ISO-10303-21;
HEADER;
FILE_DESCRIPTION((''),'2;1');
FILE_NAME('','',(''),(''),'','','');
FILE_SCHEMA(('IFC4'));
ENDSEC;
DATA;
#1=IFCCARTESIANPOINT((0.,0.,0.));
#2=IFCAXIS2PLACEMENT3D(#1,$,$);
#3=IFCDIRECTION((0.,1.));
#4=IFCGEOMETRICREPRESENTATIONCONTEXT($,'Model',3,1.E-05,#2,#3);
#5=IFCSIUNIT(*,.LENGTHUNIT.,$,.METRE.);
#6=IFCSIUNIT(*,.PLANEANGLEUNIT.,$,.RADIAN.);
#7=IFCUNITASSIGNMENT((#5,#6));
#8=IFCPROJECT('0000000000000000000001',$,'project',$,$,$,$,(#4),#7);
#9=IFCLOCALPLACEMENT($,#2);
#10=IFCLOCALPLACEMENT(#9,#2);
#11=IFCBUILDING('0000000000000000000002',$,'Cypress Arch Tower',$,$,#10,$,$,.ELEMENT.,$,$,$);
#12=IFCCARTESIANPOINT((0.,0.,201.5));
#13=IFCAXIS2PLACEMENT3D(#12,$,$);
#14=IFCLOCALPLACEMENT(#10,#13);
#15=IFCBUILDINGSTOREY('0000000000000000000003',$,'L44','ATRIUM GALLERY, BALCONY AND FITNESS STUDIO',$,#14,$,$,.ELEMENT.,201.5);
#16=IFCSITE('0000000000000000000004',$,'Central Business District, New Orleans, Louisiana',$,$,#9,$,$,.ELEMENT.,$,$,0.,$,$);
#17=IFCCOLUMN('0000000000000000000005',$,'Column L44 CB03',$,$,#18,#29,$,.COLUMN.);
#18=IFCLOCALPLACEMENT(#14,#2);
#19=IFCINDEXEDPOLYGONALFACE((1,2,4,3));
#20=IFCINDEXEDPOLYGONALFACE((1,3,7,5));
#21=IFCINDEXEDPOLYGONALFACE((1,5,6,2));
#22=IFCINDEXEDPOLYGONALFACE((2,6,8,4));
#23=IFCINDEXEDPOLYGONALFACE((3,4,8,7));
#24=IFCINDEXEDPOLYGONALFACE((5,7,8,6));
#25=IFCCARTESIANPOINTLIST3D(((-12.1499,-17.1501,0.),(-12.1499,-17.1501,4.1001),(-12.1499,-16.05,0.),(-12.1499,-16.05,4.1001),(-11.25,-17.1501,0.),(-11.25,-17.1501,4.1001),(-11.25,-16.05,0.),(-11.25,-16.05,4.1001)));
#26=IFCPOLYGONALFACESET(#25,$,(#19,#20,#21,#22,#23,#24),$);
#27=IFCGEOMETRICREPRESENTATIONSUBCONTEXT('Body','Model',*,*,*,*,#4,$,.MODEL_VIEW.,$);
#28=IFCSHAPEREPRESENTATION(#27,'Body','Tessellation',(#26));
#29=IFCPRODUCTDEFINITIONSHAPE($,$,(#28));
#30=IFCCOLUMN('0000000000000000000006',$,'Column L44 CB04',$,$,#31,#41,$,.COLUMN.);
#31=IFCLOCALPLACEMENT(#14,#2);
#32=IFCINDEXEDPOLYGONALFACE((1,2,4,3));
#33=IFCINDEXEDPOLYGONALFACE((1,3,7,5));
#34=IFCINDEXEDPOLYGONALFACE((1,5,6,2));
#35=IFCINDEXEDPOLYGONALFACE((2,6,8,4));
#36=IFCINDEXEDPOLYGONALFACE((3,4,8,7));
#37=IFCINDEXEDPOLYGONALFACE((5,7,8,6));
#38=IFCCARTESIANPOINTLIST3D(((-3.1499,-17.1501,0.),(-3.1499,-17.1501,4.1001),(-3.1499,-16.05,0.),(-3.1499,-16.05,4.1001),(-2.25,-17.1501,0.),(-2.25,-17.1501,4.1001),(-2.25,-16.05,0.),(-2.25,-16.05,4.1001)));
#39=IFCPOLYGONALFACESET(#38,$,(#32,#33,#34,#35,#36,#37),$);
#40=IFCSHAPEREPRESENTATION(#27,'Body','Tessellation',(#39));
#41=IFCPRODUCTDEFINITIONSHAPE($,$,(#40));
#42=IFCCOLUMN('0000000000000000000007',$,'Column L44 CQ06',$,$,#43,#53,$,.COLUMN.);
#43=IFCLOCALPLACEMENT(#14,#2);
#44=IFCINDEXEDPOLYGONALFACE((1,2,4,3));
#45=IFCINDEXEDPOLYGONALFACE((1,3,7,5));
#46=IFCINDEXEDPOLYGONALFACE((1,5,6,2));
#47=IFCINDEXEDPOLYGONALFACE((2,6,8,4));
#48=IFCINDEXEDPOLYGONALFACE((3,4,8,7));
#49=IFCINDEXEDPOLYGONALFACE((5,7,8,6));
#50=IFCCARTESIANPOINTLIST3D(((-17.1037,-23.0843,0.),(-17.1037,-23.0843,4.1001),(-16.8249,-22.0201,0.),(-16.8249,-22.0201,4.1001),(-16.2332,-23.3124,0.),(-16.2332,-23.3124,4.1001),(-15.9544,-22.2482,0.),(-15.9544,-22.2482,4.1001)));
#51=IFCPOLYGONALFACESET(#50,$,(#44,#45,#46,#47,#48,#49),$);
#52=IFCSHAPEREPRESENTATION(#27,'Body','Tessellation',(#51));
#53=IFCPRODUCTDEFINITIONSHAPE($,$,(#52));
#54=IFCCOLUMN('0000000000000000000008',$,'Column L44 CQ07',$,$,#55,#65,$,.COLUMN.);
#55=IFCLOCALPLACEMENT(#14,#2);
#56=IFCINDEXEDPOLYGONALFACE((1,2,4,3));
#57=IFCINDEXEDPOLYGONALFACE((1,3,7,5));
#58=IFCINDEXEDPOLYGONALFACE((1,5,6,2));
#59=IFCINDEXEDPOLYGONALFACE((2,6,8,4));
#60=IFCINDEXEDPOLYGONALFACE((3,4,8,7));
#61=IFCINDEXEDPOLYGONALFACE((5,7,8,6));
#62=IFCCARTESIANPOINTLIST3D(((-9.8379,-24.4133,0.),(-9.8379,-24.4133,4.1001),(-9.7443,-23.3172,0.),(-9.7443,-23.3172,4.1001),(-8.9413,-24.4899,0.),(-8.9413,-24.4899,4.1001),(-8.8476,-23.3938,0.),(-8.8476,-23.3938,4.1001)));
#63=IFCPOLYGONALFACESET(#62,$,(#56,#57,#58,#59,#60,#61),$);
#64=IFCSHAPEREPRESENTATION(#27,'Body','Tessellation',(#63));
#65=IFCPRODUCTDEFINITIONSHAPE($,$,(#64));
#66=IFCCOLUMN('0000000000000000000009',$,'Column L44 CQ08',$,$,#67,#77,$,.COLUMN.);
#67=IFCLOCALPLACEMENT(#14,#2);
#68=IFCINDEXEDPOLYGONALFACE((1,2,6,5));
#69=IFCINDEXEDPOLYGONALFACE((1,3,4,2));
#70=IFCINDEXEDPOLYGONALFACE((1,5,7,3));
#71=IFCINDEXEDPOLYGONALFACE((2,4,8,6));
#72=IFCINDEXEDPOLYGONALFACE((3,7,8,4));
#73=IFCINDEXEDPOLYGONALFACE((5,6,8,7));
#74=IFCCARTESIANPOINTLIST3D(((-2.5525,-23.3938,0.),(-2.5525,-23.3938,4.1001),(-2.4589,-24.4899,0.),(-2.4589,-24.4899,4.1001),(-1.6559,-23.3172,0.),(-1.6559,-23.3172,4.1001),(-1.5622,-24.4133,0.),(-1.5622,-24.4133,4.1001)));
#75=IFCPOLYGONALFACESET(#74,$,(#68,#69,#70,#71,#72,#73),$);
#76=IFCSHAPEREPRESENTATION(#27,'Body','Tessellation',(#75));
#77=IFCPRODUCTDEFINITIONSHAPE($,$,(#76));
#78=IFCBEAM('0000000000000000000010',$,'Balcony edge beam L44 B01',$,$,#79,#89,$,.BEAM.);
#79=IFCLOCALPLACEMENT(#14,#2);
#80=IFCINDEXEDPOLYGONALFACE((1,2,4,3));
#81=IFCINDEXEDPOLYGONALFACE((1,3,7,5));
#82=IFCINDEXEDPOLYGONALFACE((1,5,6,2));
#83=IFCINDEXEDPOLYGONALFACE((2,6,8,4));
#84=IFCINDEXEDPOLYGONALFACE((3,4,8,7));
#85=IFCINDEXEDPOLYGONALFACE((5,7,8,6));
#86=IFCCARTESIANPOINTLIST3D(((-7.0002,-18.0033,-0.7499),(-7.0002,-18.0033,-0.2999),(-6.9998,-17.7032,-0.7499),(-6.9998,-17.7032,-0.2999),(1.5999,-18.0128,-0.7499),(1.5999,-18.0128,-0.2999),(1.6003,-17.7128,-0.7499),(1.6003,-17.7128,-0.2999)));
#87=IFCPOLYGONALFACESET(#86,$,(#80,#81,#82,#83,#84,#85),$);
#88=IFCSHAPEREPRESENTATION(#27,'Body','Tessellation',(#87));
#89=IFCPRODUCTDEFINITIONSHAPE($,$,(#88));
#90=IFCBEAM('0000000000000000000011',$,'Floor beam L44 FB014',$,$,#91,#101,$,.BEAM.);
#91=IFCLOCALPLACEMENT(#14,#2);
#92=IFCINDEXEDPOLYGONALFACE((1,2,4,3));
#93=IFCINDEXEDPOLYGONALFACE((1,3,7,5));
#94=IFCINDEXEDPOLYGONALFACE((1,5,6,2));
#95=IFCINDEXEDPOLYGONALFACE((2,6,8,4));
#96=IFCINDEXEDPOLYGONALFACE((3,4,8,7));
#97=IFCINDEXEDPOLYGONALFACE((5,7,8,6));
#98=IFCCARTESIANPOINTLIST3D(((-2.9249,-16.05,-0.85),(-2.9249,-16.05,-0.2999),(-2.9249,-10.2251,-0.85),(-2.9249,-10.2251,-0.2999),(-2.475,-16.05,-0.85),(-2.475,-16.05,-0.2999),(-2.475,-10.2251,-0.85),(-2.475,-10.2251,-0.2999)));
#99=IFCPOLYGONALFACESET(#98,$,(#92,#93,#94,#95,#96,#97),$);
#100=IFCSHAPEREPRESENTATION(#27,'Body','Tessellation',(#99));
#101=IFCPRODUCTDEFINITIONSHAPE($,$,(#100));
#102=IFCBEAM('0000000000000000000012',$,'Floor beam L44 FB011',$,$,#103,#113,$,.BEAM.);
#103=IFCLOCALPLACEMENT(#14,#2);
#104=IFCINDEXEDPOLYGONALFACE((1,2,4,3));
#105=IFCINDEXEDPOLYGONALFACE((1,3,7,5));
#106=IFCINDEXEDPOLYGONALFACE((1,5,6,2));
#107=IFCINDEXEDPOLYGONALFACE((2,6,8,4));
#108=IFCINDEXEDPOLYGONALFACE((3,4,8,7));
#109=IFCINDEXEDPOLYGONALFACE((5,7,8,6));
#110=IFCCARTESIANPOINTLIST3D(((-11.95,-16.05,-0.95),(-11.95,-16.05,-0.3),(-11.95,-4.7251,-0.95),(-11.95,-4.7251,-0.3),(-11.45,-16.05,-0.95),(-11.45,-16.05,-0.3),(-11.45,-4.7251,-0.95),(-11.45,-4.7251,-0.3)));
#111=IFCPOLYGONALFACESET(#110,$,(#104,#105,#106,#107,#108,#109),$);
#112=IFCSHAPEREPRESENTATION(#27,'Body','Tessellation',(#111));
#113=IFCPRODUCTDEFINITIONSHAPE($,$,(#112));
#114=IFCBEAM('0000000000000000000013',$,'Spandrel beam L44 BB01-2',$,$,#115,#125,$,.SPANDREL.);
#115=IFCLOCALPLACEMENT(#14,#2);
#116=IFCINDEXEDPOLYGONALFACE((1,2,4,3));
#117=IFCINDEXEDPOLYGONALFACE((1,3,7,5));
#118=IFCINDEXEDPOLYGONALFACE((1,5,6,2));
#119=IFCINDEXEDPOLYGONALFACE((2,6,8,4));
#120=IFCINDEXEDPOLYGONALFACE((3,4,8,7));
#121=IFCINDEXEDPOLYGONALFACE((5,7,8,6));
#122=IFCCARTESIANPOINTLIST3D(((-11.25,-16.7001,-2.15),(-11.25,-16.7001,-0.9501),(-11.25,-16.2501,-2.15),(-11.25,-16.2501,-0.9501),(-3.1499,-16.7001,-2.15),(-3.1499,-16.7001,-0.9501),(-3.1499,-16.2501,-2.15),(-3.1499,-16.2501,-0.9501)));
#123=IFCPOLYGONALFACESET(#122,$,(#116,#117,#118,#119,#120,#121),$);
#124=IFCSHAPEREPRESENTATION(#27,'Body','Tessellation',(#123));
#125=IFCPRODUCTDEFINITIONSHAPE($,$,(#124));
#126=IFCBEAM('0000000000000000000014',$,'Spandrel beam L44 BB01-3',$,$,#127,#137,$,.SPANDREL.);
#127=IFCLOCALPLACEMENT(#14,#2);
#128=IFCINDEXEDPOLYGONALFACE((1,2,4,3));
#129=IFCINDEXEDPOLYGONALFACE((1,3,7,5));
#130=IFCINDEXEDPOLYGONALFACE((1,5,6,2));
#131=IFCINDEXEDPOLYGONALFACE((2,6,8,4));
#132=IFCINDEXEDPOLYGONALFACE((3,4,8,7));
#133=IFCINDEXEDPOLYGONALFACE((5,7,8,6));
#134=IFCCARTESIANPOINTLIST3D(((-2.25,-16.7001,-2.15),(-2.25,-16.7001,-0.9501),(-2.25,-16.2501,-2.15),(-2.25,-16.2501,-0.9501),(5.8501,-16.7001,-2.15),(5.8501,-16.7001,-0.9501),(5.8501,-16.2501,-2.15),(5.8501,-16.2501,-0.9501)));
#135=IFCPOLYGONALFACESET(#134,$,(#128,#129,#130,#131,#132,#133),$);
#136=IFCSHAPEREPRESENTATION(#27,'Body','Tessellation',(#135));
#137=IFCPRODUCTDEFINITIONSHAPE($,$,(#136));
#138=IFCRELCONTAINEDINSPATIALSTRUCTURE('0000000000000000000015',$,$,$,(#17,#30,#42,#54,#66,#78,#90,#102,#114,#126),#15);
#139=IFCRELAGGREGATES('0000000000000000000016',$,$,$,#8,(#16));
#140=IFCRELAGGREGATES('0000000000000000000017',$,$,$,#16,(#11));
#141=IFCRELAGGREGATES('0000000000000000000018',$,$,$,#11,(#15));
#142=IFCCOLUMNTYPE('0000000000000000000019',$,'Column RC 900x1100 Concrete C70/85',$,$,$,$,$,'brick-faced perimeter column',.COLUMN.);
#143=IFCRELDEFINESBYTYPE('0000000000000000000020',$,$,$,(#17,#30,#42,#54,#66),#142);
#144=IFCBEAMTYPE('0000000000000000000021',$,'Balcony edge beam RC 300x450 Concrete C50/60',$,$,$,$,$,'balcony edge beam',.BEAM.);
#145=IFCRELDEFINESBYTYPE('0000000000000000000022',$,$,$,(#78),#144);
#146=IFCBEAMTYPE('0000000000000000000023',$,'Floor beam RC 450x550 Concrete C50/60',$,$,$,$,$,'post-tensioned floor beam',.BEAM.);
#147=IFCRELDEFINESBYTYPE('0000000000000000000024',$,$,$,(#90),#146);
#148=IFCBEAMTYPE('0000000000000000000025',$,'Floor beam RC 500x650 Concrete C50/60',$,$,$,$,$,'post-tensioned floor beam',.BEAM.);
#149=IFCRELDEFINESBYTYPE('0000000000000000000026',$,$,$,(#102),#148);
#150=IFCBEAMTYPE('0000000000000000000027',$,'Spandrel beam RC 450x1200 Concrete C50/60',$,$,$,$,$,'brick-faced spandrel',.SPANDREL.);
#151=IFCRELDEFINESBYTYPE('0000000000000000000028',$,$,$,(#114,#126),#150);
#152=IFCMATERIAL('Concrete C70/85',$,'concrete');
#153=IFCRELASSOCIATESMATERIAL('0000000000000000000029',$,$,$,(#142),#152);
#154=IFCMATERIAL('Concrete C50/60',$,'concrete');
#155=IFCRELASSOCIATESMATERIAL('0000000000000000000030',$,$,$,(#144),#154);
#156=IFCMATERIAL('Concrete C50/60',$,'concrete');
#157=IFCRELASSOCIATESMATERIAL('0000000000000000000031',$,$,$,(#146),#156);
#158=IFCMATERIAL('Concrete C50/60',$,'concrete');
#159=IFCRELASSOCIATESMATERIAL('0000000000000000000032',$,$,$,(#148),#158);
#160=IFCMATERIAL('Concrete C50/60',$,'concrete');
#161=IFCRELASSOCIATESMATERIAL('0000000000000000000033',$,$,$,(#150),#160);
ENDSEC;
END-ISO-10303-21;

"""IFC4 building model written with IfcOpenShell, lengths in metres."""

from ifc_helpers import new_model, si_unit, direction, frame, origin, origin_2d, place, context, subcontext, project, spatial, rectangle, extrude, material, material_profile, profile_set, type_object, element, save


model = new_model("IFC4")

# Units and contexts
model_context = context("Model", 3, precision=1e-05, world=origin(), true_north=direction((0.0, 1.0)))
body_context = subcontext(model_context, "Body", "Model", "MODEL_VIEW")
ifc_project = project(units=[si_unit("LENGTHUNIT", "METRE"), si_unit("PLANEANGLEUNIT", "RADIAN")], contexts=[model_context])

# Site, building, storey
site_placement = place(None, origin())
site = spatial("IfcSite", under=ifc_project, at=site_placement, Name="Central Business District, New Orleans, Louisiana", CompositionType="ELEMENT", RefElevation=0.0)
building_placement = place(site_placement, origin())
building = spatial("IfcBuilding", under=site, at=building_placement, Name="Cypress Arch Tower", CompositionType="ELEMENT")
storey_placement = place(building_placement, frame((0.0, 0.0, 201.5)))
storey = spatial("IfcBuildingStorey", under=building, at=storey_placement, Name="L44", Description="ATRIUM GALLERY, BALCONY AND FITNESS STUDIO", CompositionType="ELEMENT", Elevation=201.5)

# Columns
ifc_material_1 = material(Name="Concrete C70/85", Category="concrete")
ifc_material_profile_1 = material_profile(ifc_material_1, rectangle(XDim=0.8999, YDim=1.1001, at=origin_2d()), Name="RC 900x1100")
ifc_profile_set_1 = profile_set([ifc_material_profile_1], Name="Concrete C70/85")
column_type = type_object("IfcColumnType", Name="Column RC 900x1100 Concrete C70/85", ElementType="brick-faced perimeter column", PredefinedType="COLUMN", material=ifc_profile_set_1)
for number, where, z_axis, x_axis, name in (
    (1, (-11.7, -16.6001, 0.0), (0.0, 0.0, 1.0), (1.0, 0.0, 0.0), "Column L44 CB03"),
    (2, (-2.7, -16.6001, 0.0), (0.0, 0.0, 1.0), (1.0, 0.0, 0.0), "Column L44 CB04"),
    (3, (-16.5291, -22.6663, 0.0), (0.0, 0.0, 1.0), (0.967356, -0.253422, 0.0), "Column L44 CQ06"),
    (4, (-9.3428, -23.9036, 0.0), (0.0, 0.0, 1.0), (0.996368, -0.085149, 0.0), "Column L44 CQ07"),
    (5, (-2.0574, -23.9036, 0.0), (0.0, 0.0, 1.0), (0.996368, 0.085149, 0.0), "Column L44 CQ08"),
):
    element("IfcColumn", number, at=place(storey_placement, frame(where, z_axis=z_axis, x_axis=x_axis)), inside=storey, type_object=column_type, Name=name, PredefinedType="COLUMN", context=body_context, shape_type="SweptSolid", body=[
        extrude(rectangle(XDim=0.8999, YDim=1.1001, at=origin_2d()), origin(), (0.0, 0.0, 1.0), 4.1001),
    ])

# Beams
ifc_material_2 = material(Name="Concrete C50/60", Category="concrete")
ifc_material_profile_2 = material_profile(ifc_material_2, rectangle(XDim=0.3, YDim=0.45, at=origin_2d()), Name="RC 300x450")
ifc_profile_set_2 = profile_set([ifc_material_profile_2], Name="Concrete C50/60")
beam_type_1 = type_object("IfcBeamType", Name="Balcony edge beam RC 300x450 Concrete C50/60", ElementType="balcony edge beam", PredefinedType="BEAM", material=ifc_profile_set_2)
beam_1_placement = place(storey_placement, frame((-7.0, -17.8533, -0.5249), z_axis=(0.999999, -0.001107, 0.0), x_axis=(0.001107, 0.999999, 0.0)))
element("IfcBeam", 6, at=beam_1_placement, inside=storey, type_object=beam_type_1, Name="Balcony edge beam L44 B01", PredefinedType="BEAM", context=body_context, shape_type="SweptSolid", body=[
    extrude(rectangle(XDim=0.3, YDim=0.45, at=origin_2d()), origin(), (0.0, 0.0, 1.0), 8.6001),
])
ifc_material_3 = material(Name="Concrete C50/60", Category="concrete")
ifc_material_profile_3 = material_profile(ifc_material_3, rectangle(XDim=0.45, YDim=0.55, at=origin_2d()), Name="RC 450x550")
ifc_profile_set_3 = profile_set([ifc_material_profile_3], Name="Concrete C50/60")
beam_type_2 = type_object("IfcBeamType", Name="Floor beam RC 450x550 Concrete C50/60", ElementType="post-tensioned floor beam", PredefinedType="BEAM", material=ifc_profile_set_3)
beam_2_placement = place(storey_placement, frame((-2.7, -16.05, -0.575), z_axis=(0.0, 1.0, 0.0), x_axis=(-1.0, 0.0, 0.0)))
element("IfcBeam", 7, at=beam_2_placement, inside=storey, type_object=beam_type_2, Name="Floor beam L44 FB014", PredefinedType="BEAM", context=body_context, shape_type="SweptSolid", body=[
    extrude(rectangle(XDim=0.45, YDim=0.55, at=origin_2d()), origin(), (0.0, 0.0, 1.0), 5.825),
])
ifc_material_4 = material(Name="Concrete C50/60", Category="concrete")
ifc_material_profile_4 = material_profile(ifc_material_4, rectangle(XDim=0.5, YDim=0.6499, at=origin_2d()), Name="RC 500x650")
ifc_profile_set_4 = profile_set([ifc_material_profile_4], Name="Concrete C50/60")
beam_type_3 = type_object("IfcBeamType", Name="Floor beam RC 500x650 Concrete C50/60", ElementType="post-tensioned floor beam", PredefinedType="BEAM", material=ifc_profile_set_4)
beam_3_placement = place(storey_placement, frame((-11.7, -16.05, -0.625), z_axis=(0.0, 1.0, 0.0), x_axis=(-1.0, 0.0, 0.0)))
element("IfcBeam", 8, at=beam_3_placement, inside=storey, type_object=beam_type_3, Name="Floor beam L44 FB011", PredefinedType="BEAM", context=body_context, shape_type="SweptSolid", body=[
    extrude(rectangle(XDim=0.5, YDim=0.6499, at=origin_2d()), origin(), (0.0, 0.0, 1.0), 11.325),
])
ifc_material_5 = material(Name="Concrete C50/60", Category="concrete")
ifc_material_profile_5 = material_profile(ifc_material_5, rectangle(XDim=0.45, YDim=1.2, at=origin_2d()), Name="RC 450x1200")
ifc_profile_set_5 = profile_set([ifc_material_profile_5], Name="Concrete C50/60")
beam_type_4 = type_object("IfcBeamType", Name="Spandrel beam RC 450x1200 Concrete C50/60", ElementType="brick-faced spandrel", PredefinedType="SPANDREL", material=ifc_profile_set_5)
for number, where, z_axis, x_axis, name in (
    (9, (-11.25, -16.4751, -1.55), (1.0, 0.0, 0.0), (0.0, 1.0, 0.0), "Spandrel beam L44 BB01-2"),
    (10, (-2.25, -16.4751, -1.55), (1.0, 0.0, 0.0), (0.0, 1.0, 0.0), "Spandrel beam L44 BB01-3"),
):
    element("IfcBeam", number, at=place(storey_placement, frame(where, z_axis=z_axis, x_axis=x_axis)), inside=storey, type_object=beam_type_4, Name=name, PredefinedType="SPANDREL", context=body_context, shape_type="SweptSolid", body=[
        extrude(rectangle(XDim=0.45, YDim=1.2, at=origin_2d()), origin(), (0.0, 0.0, 1.0), 8.1001),
    ])

save(model, "model.ifc")
